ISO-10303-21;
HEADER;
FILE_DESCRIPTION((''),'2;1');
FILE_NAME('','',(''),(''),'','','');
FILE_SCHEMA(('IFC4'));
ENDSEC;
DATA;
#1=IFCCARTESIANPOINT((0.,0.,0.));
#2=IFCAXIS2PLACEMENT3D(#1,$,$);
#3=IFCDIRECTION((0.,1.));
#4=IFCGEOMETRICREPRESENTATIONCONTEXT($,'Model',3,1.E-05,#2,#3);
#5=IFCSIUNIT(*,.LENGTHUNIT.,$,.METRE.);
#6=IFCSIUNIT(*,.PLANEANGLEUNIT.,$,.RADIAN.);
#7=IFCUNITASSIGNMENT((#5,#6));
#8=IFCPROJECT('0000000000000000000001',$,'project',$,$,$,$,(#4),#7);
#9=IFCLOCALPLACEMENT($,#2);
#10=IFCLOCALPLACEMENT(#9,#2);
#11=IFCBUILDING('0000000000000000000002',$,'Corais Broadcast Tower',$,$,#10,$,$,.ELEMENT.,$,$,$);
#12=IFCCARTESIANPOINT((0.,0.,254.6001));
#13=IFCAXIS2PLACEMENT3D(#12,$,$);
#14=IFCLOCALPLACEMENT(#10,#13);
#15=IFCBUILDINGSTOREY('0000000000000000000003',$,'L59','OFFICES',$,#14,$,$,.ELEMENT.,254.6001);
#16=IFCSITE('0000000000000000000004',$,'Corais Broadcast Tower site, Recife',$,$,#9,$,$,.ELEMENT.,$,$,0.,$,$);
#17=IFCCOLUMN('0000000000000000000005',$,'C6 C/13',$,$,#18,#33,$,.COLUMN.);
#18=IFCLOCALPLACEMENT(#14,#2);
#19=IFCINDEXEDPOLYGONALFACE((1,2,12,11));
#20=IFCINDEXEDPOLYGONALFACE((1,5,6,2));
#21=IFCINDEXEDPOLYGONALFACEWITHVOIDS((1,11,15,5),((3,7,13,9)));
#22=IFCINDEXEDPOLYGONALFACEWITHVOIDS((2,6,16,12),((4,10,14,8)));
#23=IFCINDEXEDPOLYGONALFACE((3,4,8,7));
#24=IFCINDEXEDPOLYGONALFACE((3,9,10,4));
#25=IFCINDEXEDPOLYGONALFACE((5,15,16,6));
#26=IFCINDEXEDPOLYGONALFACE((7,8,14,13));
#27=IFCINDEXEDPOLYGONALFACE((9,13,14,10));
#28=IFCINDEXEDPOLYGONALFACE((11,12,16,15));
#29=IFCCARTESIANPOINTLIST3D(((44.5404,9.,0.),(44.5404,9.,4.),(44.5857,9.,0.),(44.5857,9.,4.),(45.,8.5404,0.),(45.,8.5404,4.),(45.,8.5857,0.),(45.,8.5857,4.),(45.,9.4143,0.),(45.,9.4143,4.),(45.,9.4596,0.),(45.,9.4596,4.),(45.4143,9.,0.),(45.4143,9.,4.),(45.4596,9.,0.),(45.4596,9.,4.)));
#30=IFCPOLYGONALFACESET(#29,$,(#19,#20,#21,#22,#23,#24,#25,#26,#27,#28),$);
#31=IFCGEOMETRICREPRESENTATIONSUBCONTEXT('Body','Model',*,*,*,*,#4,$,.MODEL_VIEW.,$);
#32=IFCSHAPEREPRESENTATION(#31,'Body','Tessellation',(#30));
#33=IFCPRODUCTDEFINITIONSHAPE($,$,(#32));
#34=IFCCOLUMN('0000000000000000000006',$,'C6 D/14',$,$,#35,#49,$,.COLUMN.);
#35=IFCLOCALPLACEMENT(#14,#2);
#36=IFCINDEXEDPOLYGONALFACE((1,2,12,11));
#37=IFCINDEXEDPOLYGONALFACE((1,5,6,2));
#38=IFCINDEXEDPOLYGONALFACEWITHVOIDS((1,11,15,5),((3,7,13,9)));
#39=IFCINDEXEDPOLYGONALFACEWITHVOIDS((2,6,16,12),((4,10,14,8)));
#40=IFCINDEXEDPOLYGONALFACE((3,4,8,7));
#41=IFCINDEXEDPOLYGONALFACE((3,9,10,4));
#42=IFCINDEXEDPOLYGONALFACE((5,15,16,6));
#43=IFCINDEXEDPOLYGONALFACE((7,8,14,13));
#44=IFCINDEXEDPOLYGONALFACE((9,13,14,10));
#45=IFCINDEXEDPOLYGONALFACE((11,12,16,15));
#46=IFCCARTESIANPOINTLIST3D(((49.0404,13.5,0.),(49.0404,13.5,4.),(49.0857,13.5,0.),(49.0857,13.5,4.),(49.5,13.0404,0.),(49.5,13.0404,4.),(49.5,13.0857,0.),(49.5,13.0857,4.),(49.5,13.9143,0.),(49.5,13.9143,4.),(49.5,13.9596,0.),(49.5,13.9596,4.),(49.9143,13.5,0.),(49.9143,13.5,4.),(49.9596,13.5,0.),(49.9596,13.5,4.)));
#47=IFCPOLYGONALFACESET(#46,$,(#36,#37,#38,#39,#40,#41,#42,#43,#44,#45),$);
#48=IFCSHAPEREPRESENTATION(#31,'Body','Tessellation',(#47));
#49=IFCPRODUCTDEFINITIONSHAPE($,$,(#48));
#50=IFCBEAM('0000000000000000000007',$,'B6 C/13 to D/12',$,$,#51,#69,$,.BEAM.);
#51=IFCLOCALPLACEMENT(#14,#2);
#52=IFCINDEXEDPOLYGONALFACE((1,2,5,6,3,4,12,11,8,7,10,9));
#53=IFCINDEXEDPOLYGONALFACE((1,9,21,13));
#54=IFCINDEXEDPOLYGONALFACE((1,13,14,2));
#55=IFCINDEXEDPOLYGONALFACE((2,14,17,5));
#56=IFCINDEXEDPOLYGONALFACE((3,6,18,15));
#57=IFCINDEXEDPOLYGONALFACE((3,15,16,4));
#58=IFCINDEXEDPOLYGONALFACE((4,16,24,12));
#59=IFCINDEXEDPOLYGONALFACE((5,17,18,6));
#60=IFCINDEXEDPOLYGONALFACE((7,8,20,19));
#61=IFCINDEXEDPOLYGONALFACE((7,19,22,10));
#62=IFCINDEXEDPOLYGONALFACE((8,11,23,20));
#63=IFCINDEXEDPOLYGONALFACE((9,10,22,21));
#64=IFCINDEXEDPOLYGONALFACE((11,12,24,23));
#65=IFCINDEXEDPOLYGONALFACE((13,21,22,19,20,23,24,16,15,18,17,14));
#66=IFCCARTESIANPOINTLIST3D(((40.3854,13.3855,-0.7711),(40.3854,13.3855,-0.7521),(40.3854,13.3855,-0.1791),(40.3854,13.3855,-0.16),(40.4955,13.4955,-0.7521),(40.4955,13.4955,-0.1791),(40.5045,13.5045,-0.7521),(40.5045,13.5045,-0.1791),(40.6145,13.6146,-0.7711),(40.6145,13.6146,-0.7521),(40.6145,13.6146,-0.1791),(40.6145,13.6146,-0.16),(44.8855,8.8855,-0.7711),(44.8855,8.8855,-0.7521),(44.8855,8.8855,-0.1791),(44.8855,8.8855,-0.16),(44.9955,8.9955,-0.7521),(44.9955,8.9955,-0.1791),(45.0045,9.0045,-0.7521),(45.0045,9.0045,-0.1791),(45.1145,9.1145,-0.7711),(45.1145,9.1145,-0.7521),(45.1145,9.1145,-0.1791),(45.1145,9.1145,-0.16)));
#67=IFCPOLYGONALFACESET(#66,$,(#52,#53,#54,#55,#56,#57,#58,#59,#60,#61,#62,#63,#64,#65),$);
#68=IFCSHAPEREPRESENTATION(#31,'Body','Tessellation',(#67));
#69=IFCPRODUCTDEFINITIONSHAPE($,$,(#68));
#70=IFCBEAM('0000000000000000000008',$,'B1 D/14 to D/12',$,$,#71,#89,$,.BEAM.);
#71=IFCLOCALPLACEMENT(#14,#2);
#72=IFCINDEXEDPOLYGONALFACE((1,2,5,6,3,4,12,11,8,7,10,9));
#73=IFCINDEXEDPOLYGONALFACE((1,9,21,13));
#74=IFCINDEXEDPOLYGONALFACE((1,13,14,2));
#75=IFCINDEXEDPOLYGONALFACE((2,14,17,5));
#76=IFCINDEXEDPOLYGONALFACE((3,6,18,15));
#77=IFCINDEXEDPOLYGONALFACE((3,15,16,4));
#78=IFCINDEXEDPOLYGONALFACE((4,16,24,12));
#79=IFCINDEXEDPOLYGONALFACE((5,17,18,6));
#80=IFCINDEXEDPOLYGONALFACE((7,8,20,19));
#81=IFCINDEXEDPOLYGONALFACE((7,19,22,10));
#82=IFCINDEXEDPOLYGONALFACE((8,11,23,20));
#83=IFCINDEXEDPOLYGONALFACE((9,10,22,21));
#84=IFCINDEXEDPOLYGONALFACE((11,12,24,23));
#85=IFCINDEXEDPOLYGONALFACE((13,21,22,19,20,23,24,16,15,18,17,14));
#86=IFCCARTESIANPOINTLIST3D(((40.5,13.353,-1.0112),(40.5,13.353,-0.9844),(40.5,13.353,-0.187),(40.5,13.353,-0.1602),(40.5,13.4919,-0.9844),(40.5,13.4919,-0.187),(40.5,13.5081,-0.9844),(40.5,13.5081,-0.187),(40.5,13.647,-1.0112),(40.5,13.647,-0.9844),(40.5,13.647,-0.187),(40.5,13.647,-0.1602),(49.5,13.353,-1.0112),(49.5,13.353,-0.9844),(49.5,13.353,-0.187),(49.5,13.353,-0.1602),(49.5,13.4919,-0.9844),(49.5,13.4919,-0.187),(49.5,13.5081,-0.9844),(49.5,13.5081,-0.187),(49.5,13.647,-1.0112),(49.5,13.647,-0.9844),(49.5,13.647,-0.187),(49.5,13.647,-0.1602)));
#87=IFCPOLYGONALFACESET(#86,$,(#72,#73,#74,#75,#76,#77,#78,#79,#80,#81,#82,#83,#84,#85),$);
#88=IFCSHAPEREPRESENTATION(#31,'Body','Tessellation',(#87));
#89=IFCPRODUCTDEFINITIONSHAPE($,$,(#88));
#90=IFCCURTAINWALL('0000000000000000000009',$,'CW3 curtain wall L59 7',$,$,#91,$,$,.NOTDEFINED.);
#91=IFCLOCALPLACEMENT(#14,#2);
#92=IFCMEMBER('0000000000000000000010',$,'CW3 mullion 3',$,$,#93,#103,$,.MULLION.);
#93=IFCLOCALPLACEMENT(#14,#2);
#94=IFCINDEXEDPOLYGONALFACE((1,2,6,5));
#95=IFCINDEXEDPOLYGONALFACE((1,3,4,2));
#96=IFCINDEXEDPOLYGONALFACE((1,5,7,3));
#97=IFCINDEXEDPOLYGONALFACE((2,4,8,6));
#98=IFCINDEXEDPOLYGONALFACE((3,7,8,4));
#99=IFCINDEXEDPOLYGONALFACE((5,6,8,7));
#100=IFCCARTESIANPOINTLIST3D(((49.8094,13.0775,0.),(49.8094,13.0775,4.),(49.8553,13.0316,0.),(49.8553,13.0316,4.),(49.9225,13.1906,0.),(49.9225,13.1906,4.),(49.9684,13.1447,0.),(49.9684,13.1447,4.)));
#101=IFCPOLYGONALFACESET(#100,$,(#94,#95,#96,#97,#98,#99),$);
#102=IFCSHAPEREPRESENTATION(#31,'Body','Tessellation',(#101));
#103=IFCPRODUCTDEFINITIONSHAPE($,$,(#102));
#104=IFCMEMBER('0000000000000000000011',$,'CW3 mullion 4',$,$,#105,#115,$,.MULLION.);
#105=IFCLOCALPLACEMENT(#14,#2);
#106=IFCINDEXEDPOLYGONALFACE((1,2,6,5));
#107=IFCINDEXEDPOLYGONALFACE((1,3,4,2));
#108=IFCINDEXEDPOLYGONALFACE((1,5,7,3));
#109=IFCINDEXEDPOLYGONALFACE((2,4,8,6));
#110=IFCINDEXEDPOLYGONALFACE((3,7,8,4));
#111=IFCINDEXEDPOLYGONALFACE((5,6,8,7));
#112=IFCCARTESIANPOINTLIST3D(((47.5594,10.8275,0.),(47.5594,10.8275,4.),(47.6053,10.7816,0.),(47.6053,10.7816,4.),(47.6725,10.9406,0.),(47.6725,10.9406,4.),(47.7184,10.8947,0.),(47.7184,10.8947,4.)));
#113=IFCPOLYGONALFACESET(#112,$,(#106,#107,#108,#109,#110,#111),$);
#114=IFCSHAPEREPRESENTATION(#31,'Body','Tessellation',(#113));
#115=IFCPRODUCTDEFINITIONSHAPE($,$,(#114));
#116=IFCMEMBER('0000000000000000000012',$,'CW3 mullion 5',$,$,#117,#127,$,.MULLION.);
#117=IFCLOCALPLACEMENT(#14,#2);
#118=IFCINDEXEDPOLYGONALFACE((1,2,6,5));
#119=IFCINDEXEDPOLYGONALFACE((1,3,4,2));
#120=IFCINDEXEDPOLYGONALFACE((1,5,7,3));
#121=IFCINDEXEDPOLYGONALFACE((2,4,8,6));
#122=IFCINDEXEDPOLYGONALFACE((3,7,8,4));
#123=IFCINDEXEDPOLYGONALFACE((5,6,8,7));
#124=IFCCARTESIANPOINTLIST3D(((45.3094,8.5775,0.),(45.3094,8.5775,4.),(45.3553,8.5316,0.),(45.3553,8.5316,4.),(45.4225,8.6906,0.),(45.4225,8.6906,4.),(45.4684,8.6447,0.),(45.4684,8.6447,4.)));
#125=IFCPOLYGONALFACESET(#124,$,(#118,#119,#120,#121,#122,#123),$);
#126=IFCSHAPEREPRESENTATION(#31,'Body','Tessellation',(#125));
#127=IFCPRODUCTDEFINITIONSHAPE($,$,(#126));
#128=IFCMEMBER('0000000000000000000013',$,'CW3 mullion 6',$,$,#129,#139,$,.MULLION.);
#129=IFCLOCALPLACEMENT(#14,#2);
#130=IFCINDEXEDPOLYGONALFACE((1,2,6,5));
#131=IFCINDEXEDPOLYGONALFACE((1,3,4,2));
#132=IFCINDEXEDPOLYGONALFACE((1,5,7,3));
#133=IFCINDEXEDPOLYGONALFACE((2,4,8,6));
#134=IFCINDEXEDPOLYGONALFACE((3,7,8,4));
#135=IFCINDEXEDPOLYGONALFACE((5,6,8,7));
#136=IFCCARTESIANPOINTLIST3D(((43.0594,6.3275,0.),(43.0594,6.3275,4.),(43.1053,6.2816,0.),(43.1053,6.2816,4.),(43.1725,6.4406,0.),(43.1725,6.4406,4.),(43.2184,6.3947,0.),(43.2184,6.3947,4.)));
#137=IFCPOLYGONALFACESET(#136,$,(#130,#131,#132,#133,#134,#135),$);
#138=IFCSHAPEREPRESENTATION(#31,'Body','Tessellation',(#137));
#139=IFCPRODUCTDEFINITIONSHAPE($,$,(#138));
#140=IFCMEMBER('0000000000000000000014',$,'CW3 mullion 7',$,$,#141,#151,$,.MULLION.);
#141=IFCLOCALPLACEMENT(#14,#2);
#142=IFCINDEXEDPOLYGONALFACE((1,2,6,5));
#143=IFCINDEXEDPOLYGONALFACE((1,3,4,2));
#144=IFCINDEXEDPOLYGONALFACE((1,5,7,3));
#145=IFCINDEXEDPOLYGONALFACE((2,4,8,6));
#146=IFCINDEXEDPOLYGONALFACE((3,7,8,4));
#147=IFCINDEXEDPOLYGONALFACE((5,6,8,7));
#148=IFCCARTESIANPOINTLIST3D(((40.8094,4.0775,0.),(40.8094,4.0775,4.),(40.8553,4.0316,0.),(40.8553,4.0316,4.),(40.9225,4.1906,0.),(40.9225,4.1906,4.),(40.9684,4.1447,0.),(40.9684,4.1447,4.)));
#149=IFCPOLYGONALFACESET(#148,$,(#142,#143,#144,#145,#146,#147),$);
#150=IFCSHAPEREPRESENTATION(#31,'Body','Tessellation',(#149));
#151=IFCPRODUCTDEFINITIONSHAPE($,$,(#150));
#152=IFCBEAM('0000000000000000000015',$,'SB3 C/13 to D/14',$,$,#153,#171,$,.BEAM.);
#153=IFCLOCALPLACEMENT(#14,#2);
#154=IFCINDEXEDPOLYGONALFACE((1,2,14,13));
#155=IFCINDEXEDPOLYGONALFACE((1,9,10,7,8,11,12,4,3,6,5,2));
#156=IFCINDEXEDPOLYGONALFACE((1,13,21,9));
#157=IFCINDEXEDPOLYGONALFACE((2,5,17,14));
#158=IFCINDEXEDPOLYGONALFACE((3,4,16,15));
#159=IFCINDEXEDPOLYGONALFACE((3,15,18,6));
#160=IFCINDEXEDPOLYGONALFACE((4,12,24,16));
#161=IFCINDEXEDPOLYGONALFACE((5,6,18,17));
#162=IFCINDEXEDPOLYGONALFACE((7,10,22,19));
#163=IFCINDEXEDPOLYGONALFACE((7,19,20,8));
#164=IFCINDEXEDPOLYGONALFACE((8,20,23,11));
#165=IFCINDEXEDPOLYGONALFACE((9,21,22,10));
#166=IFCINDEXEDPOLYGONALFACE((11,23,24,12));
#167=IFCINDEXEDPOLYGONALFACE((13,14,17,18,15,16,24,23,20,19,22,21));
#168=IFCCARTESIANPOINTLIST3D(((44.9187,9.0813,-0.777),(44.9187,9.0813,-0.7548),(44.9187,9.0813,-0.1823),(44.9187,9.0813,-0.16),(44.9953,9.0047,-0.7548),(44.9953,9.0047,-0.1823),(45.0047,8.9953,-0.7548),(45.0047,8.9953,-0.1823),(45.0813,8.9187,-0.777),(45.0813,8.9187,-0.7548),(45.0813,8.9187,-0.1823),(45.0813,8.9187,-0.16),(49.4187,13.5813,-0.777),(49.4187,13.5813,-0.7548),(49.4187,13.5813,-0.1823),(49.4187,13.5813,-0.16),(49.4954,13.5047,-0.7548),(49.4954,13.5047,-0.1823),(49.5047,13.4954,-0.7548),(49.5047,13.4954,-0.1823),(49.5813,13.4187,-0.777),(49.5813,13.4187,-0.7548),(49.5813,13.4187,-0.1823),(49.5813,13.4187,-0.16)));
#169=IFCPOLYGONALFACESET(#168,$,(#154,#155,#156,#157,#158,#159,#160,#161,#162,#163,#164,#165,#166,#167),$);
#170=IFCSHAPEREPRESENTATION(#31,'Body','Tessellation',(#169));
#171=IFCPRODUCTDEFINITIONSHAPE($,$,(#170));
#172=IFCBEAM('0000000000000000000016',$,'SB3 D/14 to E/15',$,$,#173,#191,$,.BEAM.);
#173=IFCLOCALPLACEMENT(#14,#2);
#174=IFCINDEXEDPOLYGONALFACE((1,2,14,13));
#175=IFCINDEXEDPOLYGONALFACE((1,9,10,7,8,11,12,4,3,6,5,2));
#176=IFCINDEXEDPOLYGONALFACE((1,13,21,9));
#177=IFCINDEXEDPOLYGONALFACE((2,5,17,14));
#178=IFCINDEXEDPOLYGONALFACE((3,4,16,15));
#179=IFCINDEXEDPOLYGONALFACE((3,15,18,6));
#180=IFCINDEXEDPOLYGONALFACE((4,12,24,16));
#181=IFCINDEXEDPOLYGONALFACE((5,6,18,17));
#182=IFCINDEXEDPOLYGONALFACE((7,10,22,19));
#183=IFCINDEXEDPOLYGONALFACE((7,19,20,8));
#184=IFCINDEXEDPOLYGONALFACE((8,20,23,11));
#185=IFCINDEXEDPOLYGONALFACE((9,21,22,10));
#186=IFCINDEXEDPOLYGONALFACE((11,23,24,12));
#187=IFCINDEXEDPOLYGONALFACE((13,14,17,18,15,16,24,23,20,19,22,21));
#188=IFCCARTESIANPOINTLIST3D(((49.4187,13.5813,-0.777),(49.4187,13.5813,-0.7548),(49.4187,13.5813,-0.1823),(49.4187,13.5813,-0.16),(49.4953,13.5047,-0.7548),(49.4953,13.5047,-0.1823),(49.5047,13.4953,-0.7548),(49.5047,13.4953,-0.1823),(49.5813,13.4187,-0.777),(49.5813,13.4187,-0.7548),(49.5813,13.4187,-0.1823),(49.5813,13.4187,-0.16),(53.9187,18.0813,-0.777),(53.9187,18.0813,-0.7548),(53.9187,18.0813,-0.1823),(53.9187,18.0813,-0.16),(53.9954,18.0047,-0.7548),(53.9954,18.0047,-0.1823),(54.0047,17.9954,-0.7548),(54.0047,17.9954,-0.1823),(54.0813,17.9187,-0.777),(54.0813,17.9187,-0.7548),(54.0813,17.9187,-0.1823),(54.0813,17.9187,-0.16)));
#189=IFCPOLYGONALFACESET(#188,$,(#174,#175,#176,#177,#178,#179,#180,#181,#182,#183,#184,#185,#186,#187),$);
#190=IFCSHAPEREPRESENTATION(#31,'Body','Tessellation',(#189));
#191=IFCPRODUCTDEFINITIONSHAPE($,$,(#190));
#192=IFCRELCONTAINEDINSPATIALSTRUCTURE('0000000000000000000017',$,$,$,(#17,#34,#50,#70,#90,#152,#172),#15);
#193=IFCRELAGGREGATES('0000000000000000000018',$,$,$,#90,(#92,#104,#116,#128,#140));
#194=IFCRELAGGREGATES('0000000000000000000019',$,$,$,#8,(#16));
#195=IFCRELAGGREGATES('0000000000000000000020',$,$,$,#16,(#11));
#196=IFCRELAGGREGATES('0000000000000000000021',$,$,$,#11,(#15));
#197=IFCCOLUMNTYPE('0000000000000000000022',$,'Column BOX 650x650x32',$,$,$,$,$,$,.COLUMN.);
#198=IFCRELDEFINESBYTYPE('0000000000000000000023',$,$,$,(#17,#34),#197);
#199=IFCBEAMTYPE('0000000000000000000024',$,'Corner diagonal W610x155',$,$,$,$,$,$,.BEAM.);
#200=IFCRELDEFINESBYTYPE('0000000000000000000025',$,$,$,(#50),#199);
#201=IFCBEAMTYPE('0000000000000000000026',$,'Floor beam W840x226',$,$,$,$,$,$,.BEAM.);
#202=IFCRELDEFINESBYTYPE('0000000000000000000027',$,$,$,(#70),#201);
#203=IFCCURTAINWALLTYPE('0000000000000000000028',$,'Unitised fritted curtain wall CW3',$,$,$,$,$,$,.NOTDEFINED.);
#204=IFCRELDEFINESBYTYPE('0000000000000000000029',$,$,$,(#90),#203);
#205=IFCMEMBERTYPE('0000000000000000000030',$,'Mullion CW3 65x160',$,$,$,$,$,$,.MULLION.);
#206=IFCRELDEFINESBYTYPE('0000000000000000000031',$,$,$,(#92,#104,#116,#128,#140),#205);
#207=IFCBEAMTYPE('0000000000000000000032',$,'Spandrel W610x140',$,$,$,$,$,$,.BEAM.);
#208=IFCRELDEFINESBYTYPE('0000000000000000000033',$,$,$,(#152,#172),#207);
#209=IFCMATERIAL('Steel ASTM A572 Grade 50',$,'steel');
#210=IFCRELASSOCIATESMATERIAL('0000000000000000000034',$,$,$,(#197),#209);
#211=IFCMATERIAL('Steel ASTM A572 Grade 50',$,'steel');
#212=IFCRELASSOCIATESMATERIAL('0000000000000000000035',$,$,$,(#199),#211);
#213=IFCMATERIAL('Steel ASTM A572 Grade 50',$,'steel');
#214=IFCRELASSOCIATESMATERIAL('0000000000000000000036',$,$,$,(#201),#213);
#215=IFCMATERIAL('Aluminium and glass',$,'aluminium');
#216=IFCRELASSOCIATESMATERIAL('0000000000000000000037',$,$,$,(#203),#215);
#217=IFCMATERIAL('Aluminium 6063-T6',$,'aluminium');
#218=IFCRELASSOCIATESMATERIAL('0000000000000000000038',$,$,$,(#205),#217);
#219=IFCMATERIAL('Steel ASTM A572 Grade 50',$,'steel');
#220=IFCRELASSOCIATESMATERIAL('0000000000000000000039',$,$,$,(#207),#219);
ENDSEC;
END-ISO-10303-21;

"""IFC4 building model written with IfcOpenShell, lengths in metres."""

from ifc_helpers import new_model, si_unit, direction, frame, origin, origin_2d, place, context, subcontext, project, spatial, rectangle, hollow_rectangle, i_section, extrude, material, material_profile, profile_set, type_object, element, aggregate, save


model = new_model("IFC4")

# Units and contexts
model_context = context("Model", 3, precision=1e-05, world=origin(), true_north=direction((0.0, 1.0)))
body_context = subcontext(model_context, "Body", "Model", "MODEL_VIEW")
ifc_project = project(units=[si_unit("LENGTHUNIT", "METRE"), si_unit("PLANEANGLEUNIT", "RADIAN")], contexts=[model_context])

# Site, building, storey
site_placement = place(None, origin())
site = spatial("IfcSite", under=ifc_project, at=site_placement, Name="Corais Broadcast Tower site, Recife", CompositionType="ELEMENT", RefElevation=0.0)
building_placement = place(site_placement, origin())
building = spatial("IfcBuilding", under=site, at=building_placement, Name="Corais Broadcast Tower", CompositionType="ELEMENT")
storey_placement = place(building_placement, frame((0.0, 0.0, 254.6001)))
storey = spatial("IfcBuildingStorey", under=building, at=storey_placement, Name="L59", Description="OFFICES", CompositionType="ELEMENT", Elevation=254.6001)

# Columns
ifc_material_1 = material(Name="Steel ASTM A572 Grade 50", Category="steel")
ifc_material_profile_1 = material_profile(ifc_material_1, hollow_rectangle(XDim=0.6499, YDim=0.6499, WallThickness=0.032, at=origin_2d()), Name="BOX 650x650x32")
ifc_profile_set_1 = profile_set([ifc_material_profile_1], Name="Steel ASTM A572 Grade 50")
column_type = type_object("IfcColumnType", Name="Column BOX 650x650x32", PredefinedType="COLUMN", material=ifc_profile_set_1)
for number, where, z_axis, x_axis, name in (
    (1, (45.0, 9.0, 0.0), (0.0, 0.0, 1.0), (0.707107, 0.707107, 0.0), "C6 C/13"),
    (2, (49.5, 13.5, 0.0), (0.0, 0.0, 1.0), (0.707107, 0.707107, 0.0), "C6 D/14"),
):
    element("IfcColumn", number, at=place(storey_placement, frame(where, z_axis=z_axis, x_axis=x_axis)), inside=storey, type_object=column_type, Name=name, PredefinedType="COLUMN", context=body_context, shape_type="SweptSolid", body=[
        extrude(hollow_rectangle(XDim=0.6499, YDim=0.6499, WallThickness=0.032, at=origin_2d()), origin(), (0.0, 0.0, 1.0), 4.0),
    ])

# Beams
ifc_material_2 = material(Name="Steel ASTM A572 Grade 50", Category="steel")
ifc_material_profile_2 = material_profile(ifc_material_2, i_section(OverallWidth=0.324, OverallDepth=0.6111, WebThickness=0.0127, FlangeThickness=0.019, at=origin_2d()), Name="W610x155")
ifc_profile_set_2 = profile_set([ifc_material_profile_2], Name="Steel ASTM A572 Grade 50")
beam_type_1 = type_object("IfcBeamType", Name="Corner diagonal W610x155", PredefinedType="BEAM", material=ifc_profile_set_2)
beam_1_placement = place(storey_placement, frame((45.0, 9.0, -0.4656), z_axis=(-0.707107, 0.707107, 0.0), x_axis=(-0.707107, -0.707107, 0.0)))
element("IfcBeam", 3, at=beam_1_placement, inside=storey, type_object=beam_type_1, Name="B6 C/13 to D/12", PredefinedType="BEAM", context=body_context, shape_type="SweptSolid", body=[
    extrude(i_section(OverallWidth=0.324, OverallDepth=0.6111, WebThickness=0.0127, FlangeThickness=0.019, at=origin_2d()), origin(), (0.0, 0.0, 1.0), 6.364),
])
ifc_material_3 = material(Name="Steel ASTM A572 Grade 50", Category="steel")
ifc_material_profile_3 = material_profile(ifc_material_3, i_section(OverallWidth=0.2939, OverallDepth=0.8511, WebThickness=0.0161, FlangeThickness=0.0269, at=origin_2d()), Name="W840x226")
ifc_profile_set_3 = profile_set([ifc_material_profile_3], Name="Steel ASTM A572 Grade 50")
beam_type_2 = type_object("IfcBeamType", Name="Floor beam W840x226", PredefinedType="BEAM", material=ifc_profile_set_3)
beam_2_placement = place(storey_placement, frame((49.5, 13.5, -0.5857), z_axis=(-1.0, 0.0, 0.0), x_axis=(0.0, -1.0, 0.0)))
element("IfcBeam", 4, at=beam_2_placement, inside=storey, type_object=beam_type_2, Name="B1 D/14 to D/12", PredefinedType="BEAM", context=body_context, shape_type="SweptSolid", body=[
    extrude(i_section(OverallWidth=0.2939, OverallDepth=0.8511, WebThickness=0.0161, FlangeThickness=0.0269, at=origin_2d()), origin(), (0.0, 0.0, 1.0), 9.0),
])

# Curtain wall, members
ifc_material_4 = material(Name="Aluminium and glass", Category="aluminium")
curtain_wall_type = type_object("IfcCurtainWallType", Name="Unitised fritted curtain wall CW3", PredefinedType="NOTDEFINED", material=ifc_material_4)
curtain_wall_placement = place(storey_placement, origin())
curtain_wall = element("IfcCurtainWall", 5, at=curtain_wall_placement, inside=storey, type_object=curtain_wall_type, Name="CW3 curtain wall L59 7", PredefinedType="NOTDEFINED")
ifc_material_5 = material(Name="Aluminium 6063-T6", Category="aluminium")
ifc_material_profile_4 = material_profile(ifc_material_5, rectangle(XDim=0.0649, YDim=0.1599, at=origin_2d()), Name="Mullion CW3 65x160")
ifc_profile_set_4 = profile_set([ifc_material_profile_4], Name="Aluminium 6063-T6")
member_type_1 = type_object("IfcMemberType", Name="Mullion CW3 65x160", PredefinedType="MULLION", material=ifc_profile_set_4)
member_1_placement = place(storey_placement, frame((49.8889, 13.1111, 0.0), z_axis=(0.0, 0.0, 1.0), x_axis=(0.707107, -0.707107, 0.0)))
member_1 = element("IfcMember", 6, at=member_1_placement, type_object=member_type_1, Name="CW3 mullion 3", PredefinedType="MULLION", context=body_context, shape_type="SweptSolid", body=[
    extrude(rectangle(XDim=0.0649, YDim=0.1599, at=origin_2d()), origin(), (0.0, 0.0, 1.0), 4.0),
])
member_2_placement = place(storey_placement, frame((47.6389, 10.8611, 0.0), z_axis=(0.0, 0.0, 1.0), x_axis=(0.707107, -0.707107, 0.0)))
member_2 = element("IfcMember", 7, at=member_2_placement, type_object=member_type_1, Name="CW3 mullion 4", PredefinedType="MULLION", context=body_context, shape_type="SweptSolid", body=[
    extrude(rectangle(XDim=0.0649, YDim=0.1599, at=origin_2d()), origin(), (0.0, 0.0, 1.0), 4.0),
])
member_3_placement = place(storey_placement, frame((45.3889, 8.6111, 0.0), z_axis=(0.0, 0.0, 1.0), x_axis=(0.707107, -0.707107, 0.0)))
member_3 = element("IfcMember", 8, at=member_3_placement, type_object=member_type_1, Name="CW3 mullion 5", PredefinedType="MULLION", context=body_context, shape_type="SweptSolid", body=[
    extrude(rectangle(XDim=0.0649, YDim=0.1599, at=origin_2d()), origin(), (0.0, 0.0, 1.0), 4.0),
])
member_4_placement = place(storey_placement, frame((43.1389, 6.3611, 0.0), z_axis=(0.0, 0.0, 1.0), x_axis=(0.707107, -0.707107, 0.0)))
member_4 = element("IfcMember", 9, at=member_4_placement, type_object=member_type_1, Name="CW3 mullion 6", PredefinedType="MULLION", context=body_context, shape_type="SweptSolid", body=[
    extrude(rectangle(XDim=0.0649, YDim=0.1599, at=origin_2d()), origin(), (0.0, 0.0, 1.0), 4.0),
])
member_5_placement = place(storey_placement, frame((40.8889, 4.1111, 0.0), z_axis=(0.0, 0.0, 1.0), x_axis=(0.707107, -0.707107, 0.0)))
member_5 = element("IfcMember", 10, at=member_5_placement, type_object=member_type_1, Name="CW3 mullion 7", PredefinedType="MULLION", context=body_context, shape_type="SweptSolid", body=[
    extrude(rectangle(XDim=0.0649, YDim=0.1599, at=origin_2d()), origin(), (0.0, 0.0, 1.0), 4.0),
])

# Beams
ifc_material_6 = material(Name="Steel ASTM A572 Grade 50", Category="steel")
ifc_material_profile_5 = material_profile(ifc_material_6, i_section(OverallWidth=0.23, OverallDepth=0.6169, WebThickness=0.0132, FlangeThickness=0.0222, at=origin_2d()), Name="W610x140")
ifc_profile_set_5 = profile_set([ifc_material_profile_5], Name="Steel ASTM A572 Grade 50")
beam_type_3 = type_object("IfcBeamType", Name="Spandrel W610x140", PredefinedType="BEAM", material=ifc_profile_set_5)
for number, where, z_axis, x_axis, name in (
    (11, (45.0, 9.0, -0.4685), (0.707107, 0.707107, 0.0), (-0.707107, 0.707107, 0.0), "SB3 C/13 to D/14"),
    (12, (49.5, 13.5, -0.4685), (0.707107, 0.707107, 0.0), (-0.707107, 0.707107, 0.0), "SB3 D/14 to E/15"),
):
    element("IfcBeam", number, at=place(storey_placement, frame(where, z_axis=z_axis, x_axis=x_axis)), inside=storey, type_object=beam_type_3, Name=name, PredefinedType="BEAM", context=body_context, shape_type="SweptSolid", body=[
        extrude(i_section(OverallWidth=0.23, OverallDepth=0.6169, WebThickness=0.0132, FlangeThickness=0.0222, at=origin_2d()), origin(), (0.0, 0.0, 1.0), 6.364),
    ])

aggregate(curtain_wall, [member_1, member_2, member_3, member_4, member_5])

save(model, "model.ifc")
